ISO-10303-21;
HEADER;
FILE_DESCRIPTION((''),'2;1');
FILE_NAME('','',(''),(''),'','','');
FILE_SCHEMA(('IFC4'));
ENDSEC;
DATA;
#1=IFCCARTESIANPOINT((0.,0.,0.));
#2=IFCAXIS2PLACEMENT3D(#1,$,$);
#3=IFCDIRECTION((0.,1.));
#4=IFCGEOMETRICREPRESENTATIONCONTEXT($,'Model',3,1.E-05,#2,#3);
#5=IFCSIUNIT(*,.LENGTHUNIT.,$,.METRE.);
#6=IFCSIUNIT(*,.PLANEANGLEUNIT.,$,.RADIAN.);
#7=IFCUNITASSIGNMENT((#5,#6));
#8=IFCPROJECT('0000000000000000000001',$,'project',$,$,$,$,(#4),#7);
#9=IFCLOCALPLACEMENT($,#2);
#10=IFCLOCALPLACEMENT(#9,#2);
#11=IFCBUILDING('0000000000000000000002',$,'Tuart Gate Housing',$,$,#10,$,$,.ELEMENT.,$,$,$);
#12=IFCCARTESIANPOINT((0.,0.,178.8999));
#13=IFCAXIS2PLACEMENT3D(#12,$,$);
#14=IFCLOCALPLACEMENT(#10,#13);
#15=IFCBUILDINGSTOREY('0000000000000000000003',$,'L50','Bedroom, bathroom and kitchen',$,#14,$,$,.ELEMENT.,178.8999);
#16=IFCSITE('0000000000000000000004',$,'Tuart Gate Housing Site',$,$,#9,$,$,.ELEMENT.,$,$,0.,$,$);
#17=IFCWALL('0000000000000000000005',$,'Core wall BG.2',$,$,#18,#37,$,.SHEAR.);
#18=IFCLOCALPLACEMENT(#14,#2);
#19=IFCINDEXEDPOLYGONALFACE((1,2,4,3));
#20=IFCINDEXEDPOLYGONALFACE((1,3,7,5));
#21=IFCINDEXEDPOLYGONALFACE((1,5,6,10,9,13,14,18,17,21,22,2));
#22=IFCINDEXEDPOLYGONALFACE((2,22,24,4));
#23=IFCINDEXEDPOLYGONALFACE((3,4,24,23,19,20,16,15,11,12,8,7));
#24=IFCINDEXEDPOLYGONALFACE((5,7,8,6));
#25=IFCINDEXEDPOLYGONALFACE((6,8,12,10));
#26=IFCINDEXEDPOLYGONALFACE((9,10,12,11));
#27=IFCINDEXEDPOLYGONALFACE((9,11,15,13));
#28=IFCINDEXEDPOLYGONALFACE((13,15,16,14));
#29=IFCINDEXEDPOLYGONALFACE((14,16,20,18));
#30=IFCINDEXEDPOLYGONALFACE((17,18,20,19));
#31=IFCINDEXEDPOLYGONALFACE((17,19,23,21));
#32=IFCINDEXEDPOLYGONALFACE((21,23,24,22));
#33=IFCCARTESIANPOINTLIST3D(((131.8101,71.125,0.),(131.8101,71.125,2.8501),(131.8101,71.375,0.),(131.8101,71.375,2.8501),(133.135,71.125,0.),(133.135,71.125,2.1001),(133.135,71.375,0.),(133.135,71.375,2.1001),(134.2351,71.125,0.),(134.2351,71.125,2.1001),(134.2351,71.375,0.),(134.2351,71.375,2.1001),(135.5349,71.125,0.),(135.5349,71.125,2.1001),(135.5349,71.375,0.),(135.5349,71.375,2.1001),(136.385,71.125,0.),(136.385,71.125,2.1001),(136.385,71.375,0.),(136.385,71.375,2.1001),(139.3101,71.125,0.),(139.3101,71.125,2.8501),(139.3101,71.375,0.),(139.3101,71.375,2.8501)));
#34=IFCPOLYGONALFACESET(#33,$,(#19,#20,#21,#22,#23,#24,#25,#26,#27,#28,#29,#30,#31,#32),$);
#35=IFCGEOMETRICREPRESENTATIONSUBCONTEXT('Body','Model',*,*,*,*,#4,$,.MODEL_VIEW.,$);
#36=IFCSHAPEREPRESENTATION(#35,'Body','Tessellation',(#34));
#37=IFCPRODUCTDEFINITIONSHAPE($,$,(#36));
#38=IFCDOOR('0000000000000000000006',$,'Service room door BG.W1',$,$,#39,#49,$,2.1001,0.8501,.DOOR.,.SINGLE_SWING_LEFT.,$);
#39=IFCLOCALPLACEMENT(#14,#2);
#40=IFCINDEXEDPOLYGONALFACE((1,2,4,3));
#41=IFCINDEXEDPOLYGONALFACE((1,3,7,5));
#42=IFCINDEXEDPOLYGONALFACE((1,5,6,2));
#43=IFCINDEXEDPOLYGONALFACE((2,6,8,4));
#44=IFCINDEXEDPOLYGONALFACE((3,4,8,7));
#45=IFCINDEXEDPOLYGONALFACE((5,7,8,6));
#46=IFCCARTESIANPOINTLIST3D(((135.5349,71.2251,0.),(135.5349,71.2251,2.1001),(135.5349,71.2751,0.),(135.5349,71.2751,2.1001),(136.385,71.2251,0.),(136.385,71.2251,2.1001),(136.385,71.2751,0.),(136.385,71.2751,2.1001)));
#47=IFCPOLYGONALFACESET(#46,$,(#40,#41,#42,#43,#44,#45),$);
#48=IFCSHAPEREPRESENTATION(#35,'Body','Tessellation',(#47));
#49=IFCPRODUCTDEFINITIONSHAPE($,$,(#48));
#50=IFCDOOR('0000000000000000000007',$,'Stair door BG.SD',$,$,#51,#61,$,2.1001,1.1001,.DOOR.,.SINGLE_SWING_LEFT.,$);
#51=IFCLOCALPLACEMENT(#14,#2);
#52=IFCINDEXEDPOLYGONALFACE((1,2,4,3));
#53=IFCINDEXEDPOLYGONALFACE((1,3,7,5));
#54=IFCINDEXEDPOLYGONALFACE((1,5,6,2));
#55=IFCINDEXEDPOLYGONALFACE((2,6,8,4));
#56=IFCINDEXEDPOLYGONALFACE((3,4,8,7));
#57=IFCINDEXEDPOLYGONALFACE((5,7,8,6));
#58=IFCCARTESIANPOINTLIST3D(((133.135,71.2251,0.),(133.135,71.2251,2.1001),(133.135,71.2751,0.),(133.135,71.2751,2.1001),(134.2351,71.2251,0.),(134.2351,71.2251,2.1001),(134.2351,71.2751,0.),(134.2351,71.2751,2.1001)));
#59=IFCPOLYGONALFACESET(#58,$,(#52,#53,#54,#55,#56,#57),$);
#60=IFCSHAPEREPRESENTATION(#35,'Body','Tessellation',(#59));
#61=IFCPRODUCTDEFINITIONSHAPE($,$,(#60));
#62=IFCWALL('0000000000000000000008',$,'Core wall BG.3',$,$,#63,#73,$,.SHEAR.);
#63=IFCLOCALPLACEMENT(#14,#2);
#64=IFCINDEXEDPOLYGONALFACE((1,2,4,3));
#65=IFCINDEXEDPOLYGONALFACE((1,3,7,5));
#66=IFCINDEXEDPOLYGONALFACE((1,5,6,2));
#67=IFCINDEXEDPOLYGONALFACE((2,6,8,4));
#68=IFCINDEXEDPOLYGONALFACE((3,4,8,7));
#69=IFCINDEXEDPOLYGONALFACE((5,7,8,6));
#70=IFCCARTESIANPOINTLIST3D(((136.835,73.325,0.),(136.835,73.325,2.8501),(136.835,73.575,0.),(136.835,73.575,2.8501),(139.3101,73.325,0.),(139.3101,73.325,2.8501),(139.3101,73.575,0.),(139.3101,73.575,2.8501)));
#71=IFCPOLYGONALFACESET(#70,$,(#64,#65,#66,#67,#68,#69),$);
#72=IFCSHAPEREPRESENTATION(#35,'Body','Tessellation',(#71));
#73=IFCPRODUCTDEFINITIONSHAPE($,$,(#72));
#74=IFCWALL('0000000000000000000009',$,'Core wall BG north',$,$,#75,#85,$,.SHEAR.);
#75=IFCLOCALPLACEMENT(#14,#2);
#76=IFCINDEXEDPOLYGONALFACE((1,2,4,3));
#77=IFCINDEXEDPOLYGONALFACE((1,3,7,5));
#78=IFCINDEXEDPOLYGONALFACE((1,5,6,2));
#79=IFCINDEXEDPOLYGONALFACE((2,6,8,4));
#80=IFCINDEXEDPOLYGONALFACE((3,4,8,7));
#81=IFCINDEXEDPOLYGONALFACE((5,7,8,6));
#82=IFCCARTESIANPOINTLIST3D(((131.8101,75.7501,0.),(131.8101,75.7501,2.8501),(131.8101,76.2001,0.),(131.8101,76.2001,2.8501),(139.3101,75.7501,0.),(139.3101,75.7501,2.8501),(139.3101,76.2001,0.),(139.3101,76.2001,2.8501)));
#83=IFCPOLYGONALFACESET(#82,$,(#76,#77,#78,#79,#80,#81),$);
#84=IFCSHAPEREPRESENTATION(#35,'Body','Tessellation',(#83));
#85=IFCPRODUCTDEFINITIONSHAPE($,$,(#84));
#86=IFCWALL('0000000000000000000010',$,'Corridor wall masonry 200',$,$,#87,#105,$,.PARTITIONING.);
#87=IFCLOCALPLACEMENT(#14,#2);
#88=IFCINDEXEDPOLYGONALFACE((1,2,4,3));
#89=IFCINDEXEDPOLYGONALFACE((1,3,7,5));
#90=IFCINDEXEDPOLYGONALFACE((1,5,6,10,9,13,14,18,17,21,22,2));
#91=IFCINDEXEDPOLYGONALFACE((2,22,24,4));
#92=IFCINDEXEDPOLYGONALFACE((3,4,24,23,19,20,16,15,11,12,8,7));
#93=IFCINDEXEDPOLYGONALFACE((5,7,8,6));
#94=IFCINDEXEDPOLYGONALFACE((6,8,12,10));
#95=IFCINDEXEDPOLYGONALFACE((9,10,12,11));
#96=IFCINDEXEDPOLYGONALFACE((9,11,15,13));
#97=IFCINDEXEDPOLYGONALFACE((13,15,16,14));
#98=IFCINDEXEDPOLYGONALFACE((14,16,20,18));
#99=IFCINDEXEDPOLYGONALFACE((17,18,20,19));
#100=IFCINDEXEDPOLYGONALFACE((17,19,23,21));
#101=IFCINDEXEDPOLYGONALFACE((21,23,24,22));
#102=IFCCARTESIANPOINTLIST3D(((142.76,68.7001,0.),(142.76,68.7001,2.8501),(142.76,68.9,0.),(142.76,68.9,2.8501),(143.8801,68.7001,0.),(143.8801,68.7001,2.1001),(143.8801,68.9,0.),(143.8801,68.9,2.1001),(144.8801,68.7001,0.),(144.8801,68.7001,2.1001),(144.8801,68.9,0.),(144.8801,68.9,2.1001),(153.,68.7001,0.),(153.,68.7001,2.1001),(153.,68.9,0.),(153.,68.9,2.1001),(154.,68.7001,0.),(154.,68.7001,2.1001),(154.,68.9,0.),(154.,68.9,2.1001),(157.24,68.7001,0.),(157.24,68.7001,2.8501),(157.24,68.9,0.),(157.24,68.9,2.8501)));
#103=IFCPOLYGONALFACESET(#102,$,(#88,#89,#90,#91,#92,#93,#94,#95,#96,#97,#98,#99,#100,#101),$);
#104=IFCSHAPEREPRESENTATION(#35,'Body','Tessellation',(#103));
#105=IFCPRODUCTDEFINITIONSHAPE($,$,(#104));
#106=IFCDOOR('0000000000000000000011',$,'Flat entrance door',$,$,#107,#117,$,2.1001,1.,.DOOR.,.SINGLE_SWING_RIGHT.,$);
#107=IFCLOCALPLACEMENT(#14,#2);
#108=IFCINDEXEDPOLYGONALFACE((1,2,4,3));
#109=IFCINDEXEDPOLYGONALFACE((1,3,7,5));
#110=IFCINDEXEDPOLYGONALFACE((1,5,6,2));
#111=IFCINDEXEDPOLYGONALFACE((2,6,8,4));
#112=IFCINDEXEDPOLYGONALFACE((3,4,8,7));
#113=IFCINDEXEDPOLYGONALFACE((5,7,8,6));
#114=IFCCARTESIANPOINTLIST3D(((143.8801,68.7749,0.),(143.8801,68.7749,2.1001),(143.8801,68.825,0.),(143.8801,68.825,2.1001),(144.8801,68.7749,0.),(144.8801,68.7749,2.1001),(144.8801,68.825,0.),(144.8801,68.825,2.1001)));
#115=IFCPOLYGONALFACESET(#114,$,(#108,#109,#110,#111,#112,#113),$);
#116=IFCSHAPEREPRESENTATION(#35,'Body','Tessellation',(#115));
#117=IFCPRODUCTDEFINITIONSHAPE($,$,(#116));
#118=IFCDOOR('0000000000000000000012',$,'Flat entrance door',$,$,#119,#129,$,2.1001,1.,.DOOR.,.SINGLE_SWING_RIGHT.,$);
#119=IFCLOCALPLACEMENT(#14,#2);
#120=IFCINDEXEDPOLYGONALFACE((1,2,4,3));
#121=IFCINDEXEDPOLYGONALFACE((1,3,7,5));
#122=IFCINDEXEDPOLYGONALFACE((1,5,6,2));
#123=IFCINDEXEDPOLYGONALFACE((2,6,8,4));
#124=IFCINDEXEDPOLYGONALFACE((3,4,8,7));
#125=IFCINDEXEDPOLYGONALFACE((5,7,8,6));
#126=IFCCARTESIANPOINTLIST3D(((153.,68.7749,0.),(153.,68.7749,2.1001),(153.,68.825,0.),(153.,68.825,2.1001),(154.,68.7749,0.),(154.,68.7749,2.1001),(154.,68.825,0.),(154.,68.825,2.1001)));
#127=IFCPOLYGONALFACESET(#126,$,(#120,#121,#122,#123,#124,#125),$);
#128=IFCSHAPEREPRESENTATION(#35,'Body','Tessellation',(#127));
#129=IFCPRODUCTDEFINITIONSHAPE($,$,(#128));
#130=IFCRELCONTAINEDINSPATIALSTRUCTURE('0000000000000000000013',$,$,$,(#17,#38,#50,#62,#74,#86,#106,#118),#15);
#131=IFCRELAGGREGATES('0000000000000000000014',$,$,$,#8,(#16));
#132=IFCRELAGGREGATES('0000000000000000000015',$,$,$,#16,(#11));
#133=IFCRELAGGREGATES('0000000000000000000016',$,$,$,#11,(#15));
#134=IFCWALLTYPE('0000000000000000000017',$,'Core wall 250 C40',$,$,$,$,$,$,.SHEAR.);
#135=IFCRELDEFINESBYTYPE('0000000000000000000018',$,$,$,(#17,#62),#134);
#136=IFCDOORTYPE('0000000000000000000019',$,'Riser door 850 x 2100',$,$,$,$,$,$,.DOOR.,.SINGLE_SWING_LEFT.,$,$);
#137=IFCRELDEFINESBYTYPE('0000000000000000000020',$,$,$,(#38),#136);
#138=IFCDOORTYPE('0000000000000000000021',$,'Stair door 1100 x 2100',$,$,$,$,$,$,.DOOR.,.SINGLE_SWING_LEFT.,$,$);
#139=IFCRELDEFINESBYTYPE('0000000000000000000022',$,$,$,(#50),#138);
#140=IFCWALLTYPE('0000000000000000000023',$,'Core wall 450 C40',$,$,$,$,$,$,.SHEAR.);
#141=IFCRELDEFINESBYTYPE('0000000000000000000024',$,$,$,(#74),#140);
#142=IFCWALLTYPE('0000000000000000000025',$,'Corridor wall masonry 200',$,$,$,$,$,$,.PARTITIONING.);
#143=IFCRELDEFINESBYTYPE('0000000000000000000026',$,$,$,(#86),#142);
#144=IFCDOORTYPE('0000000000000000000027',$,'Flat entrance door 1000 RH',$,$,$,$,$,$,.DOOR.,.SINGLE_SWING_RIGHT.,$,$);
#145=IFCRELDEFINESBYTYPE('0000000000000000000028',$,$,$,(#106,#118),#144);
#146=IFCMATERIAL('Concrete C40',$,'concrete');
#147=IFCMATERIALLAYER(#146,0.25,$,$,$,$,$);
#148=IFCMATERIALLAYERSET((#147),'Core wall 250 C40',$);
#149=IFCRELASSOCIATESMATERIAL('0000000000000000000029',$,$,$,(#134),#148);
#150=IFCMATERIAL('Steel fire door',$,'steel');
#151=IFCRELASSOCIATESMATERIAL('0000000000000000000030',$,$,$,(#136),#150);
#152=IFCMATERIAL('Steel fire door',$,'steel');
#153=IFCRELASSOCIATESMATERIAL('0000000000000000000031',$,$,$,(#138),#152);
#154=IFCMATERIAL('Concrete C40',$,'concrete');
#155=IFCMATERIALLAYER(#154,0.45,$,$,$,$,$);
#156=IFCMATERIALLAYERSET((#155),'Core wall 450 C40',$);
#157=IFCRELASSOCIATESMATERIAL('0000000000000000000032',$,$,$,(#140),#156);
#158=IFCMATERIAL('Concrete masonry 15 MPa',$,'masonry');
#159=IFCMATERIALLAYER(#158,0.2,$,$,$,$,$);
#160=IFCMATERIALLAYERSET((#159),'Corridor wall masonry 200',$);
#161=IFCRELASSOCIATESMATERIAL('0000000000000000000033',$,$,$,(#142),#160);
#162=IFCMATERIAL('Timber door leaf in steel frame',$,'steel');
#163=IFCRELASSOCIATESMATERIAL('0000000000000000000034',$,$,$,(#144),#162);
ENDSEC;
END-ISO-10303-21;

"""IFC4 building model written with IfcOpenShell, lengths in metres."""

from ifc_helpers import new_model, si_unit, direction, frame, frame_2d, origin, place, context, subcontext, project, spatial, rectangle, extrude, material, layer, layer_set, type_object, element, fill, save


model = new_model("IFC4")

# Units and contexts
model_context = context("Model", 3, precision=1e-05, world=origin(), true_north=direction((0.0, 1.0)))
body_context = subcontext(model_context, "Body", "Model", "MODEL_VIEW")
ifc_project = project(units=[si_unit("LENGTHUNIT", "METRE"), si_unit("PLANEANGLEUNIT", "RADIAN")], contexts=[model_context])

# Site, building, storey
site_placement = place(None, origin())
site = spatial("IfcSite", under=ifc_project, at=site_placement, Name="Tuart Gate Housing Site", CompositionType="ELEMENT", RefElevation=0.0)
building_placement = place(site_placement, origin())
building = spatial("IfcBuilding", under=site, at=building_placement, Name="Tuart Gate Housing", CompositionType="ELEMENT")
storey_placement = place(building_placement, frame((0.0, 0.0, 178.8999)))
storey = spatial("IfcBuildingStorey", under=building, at=storey_placement, Name="L50", Description="Bedroom, bathroom and kitchen", CompositionType="ELEMENT", Elevation=178.8999)

# Wall, openings, doors
ifc_material_1 = material(Name="Concrete C40", Category="concrete")
ifc_layer_1 = layer(ifc_material_1, 0.25)
ifc_layer_set_1 = layer_set([ifc_layer_1], Name="Core wall 250 C40")
wall_type_1 = type_object("IfcWallType", Name="Core wall 250 C40", PredefinedType="SHEAR", material=ifc_layer_set_1)
wall_1_placement = place(storey_placement, frame((139.3101, 71.25, 0.0), z_axis=(0.0, 0.0, 1.0), x_axis=(-1.0, 0.0, 0.0)))
wall_1 = element("IfcWall", 1, at=wall_1_placement, inside=storey, type_object=wall_type_1, Name="Core wall BG.2", PredefinedType="SHEAR", context=body_context, shape_type="SweptSolid", body=[
    extrude(rectangle(XDim=7.5, YDim=0.25, at=frame_2d((3.75, 0.0))), origin(), (0.0, 0.0, 1.0), 2.8501),
])
opening_1_placement = place(wall_1_placement, frame((5.075, 0.0, 0.0)))
opening_1 = element("IfcOpeningElement", 2, at=opening_1_placement, cuts=wall_1, PredefinedType="OPENING", context=body_context, shape_type="SweptSolid", body=[
    extrude(rectangle(XDim=1.1001, YDim=2.1001, at=frame_2d((0.55, 1.05))), frame((0.0, 0.135, 0.0), z_axis=(0.0, -1.0, 0.0), x_axis=(1.0, 0.0, 0.0)), (0.0, 0.0, 1.0), 0.27),
])
opening_2_placement = place(wall_1_placement, frame((2.925, 0.0, 0.0)))
opening_2 = element("IfcOpeningElement", 3, at=opening_2_placement, cuts=wall_1, PredefinedType="OPENING", context=body_context, shape_type="SweptSolid", body=[
    extrude(rectangle(XDim=0.8501, YDim=2.1001, at=frame_2d((0.425, 1.05))), frame((0.0, 0.135, 0.0), z_axis=(0.0, -1.0, 0.0), x_axis=(1.0, 0.0, 0.0)), (0.0, 0.0, 1.0), 0.27),
])
ifc_material_2 = material(Name="Steel fire door", Category="steel")
door_type_1 = type_object("IfcDoorType", Name="Riser door 850 x 2100", OperationType="SINGLE_SWING_LEFT", PredefinedType="DOOR", material=ifc_material_2)
door_1_placement = place(opening_2_placement, origin())
door_1 = element("IfcDoor", 4, at=door_1_placement, inside=storey, type_object=door_type_1, Name="Service room door BG.W1", OperationType="SINGLE_SWING_LEFT", OverallHeight=2.1001, OverallWidth=0.8501, PredefinedType="DOOR", context=body_context, shape_type="SweptSolid", body=[
    extrude(rectangle(XDim=0.8501, YDim=2.1001, at=frame_2d((0.425, 1.05))), frame((0.0, 0.0249, 0.0), z_axis=(0.0, -1.0, 0.0), x_axis=(1.0, 0.0, 0.0)), (0.0, 0.0, 1.0), 0.05),
])
fill(opening_2, door_1)
ifc_material_3 = material(Name="Steel fire door", Category="steel")
door_type_2 = type_object("IfcDoorType", Name="Stair door 1100 x 2100", OperationType="SINGLE_SWING_LEFT", PredefinedType="DOOR", material=ifc_material_3)
door_2_placement = place(opening_1_placement, origin())
door_2 = element("IfcDoor", 5, at=door_2_placement, inside=storey, type_object=door_type_2, Name="Stair door BG.SD", OperationType="SINGLE_SWING_LEFT", OverallHeight=2.1001, OverallWidth=1.1001, PredefinedType="DOOR", context=body_context, shape_type="SweptSolid", body=[
    extrude(rectangle(XDim=1.1001, YDim=2.1001, at=frame_2d((0.55, 1.05))), frame((0.0, 0.0249, 0.0), z_axis=(0.0, -1.0, 0.0), x_axis=(1.0, 0.0, 0.0)), (0.0, 0.0, 1.0), 0.05),
])
fill(opening_1, door_2)

# Walls
wall_2_placement = place(storey_placement, frame((139.3101, 73.45, 0.0), z_axis=(0.0, 0.0, 1.0), x_axis=(-1.0, 0.0, 0.0)))
element("IfcWall", 6, at=wall_2_placement, inside=storey, type_object=wall_type_1, Name="Core wall BG.3", PredefinedType="SHEAR", context=body_context, shape_type="SweptSolid", body=[
    extrude(rectangle(XDim=2.4751, YDim=0.25, at=frame_2d((1.2375, 0.0))), origin(), (0.0, 0.0, 1.0), 2.8501),
])
ifc_material_4 = material(Name="Concrete C40", Category="concrete")
ifc_layer_2 = layer(ifc_material_4, 0.45)
ifc_layer_set_2 = layer_set([ifc_layer_2], Name="Core wall 450 C40")
wall_type_2 = type_object("IfcWallType", Name="Core wall 450 C40", PredefinedType="SHEAR", material=ifc_layer_set_2)
wall_3_placement = place(storey_placement, frame((139.3101, 75.9751, 0.0), z_axis=(0.0, 0.0, 1.0), x_axis=(-1.0, 0.0, 0.0)))
element("IfcWall", 7, at=wall_3_placement, inside=storey, type_object=wall_type_2, Name="Core wall BG north", PredefinedType="SHEAR", context=body_context, shape_type="SweptSolid", body=[
    extrude(rectangle(XDim=7.5, YDim=0.45, at=frame_2d((3.75, 0.0))), origin(), (0.0, 0.0, 1.0), 2.8501),
])

# Wall, openings, doors
ifc_material_5 = material(Name="Concrete masonry 15 MPa", Category="masonry")
ifc_layer_3 = layer(ifc_material_5, 0.2)
ifc_layer_set_3 = layer_set([ifc_layer_3], Name="Corridor wall masonry 200")
wall_type_3 = type_object("IfcWallType", Name="Corridor wall masonry 200", PredefinedType="PARTITIONING", material=ifc_layer_set_3)
wall_4_placement = place(storey_placement, frame((142.76, 68.8, 0.0), z_axis=(0.0, 0.0, 1.0), x_axis=(1.0, 0.0, 0.0)))
wall_4 = element("IfcWall", 8, at=wall_4_placement, inside=storey, type_object=wall_type_3, Name="Corridor wall masonry 200", PredefinedType="PARTITIONING", context=body_context, shape_type="SweptSolid", body=[
    extrude(rectangle(XDim=14.48, YDim=0.2, at=frame_2d((7.24, 0.0))), origin(), (0.0, 0.0, 1.0), 2.8501),
])
opening_3_placement = place(wall_4_placement, frame((1.1201, 0.0, 0.0)))
opening_3 = element("IfcOpeningElement", 9, at=opening_3_placement, cuts=wall_4, PredefinedType="OPENING", context=body_context, shape_type="SweptSolid", body=[
    extrude(rectangle(XDim=1.0, YDim=2.1001, at=frame_2d((0.5, 1.05))), frame((0.0, 0.1099, 0.0), z_axis=(0.0, -1.0, 0.0), x_axis=(1.0, 0.0, 0.0)), (0.0, 0.0, 1.0), 0.22),
])
opening_4_placement = place(wall_4_placement, frame((10.24, 0.0, 0.0)))
opening_4 = element("IfcOpeningElement", 10, at=opening_4_placement, cuts=wall_4, PredefinedType="OPENING", context=body_context, shape_type="SweptSolid", body=[
    extrude(rectangle(XDim=1.0, YDim=2.1001, at=frame_2d((0.5, 1.05))), frame((0.0, 0.1099, 0.0), z_axis=(0.0, -1.0, 0.0), x_axis=(1.0, 0.0, 0.0)), (0.0, 0.0, 1.0), 0.22),
])
ifc_material_6 = material(Name="Timber door leaf in steel frame", Category="steel")
door_type_3 = type_object("IfcDoorType", Name="Flat entrance door 1000 RH", OperationType="SINGLE_SWING_RIGHT", PredefinedType="DOOR", material=ifc_material_6)
door_3_placement = place(opening_3_placement, frame((1.0, 0.0, 0.0), z_axis=(0.0, 0.0, 1.0), x_axis=(-1.0, 0.0, 0.0)))
door_3 = element("IfcDoor", 11, at=door_3_placement, inside=storey, type_object=door_type_3, Name="Flat entrance door", OperationType="SINGLE_SWING_RIGHT", OverallHeight=2.1001, OverallWidth=1.0, PredefinedType="DOOR", context=body_context, shape_type="SweptSolid", body=[
    extrude(rectangle(XDim=1.0, YDim=2.1001, at=frame_2d((0.5, 1.05))), frame((0.0, 0.0251, 0.0), z_axis=(0.0, -1.0, 0.0), x_axis=(1.0, 0.0, 0.0)), (0.0, 0.0, 1.0), 0.05),
])
fill(opening_3, door_3)
door_4_placement = place(opening_4_placement, frame((1.0, 0.0, 0.0), z_axis=(0.0, 0.0, 1.0), x_axis=(-1.0, 0.0, 0.0)))
door_4 = element("IfcDoor", 12, at=door_4_placement, inside=storey, type_object=door_type_3, Name="Flat entrance door", OperationType="SINGLE_SWING_RIGHT", OverallHeight=2.1001, OverallWidth=1.0, PredefinedType="DOOR", context=body_context, shape_type="SweptSolid", body=[
    extrude(rectangle(XDim=1.0, YDim=2.1001, at=frame_2d((0.5, 1.05))), frame((0.0, 0.0251, 0.0), z_axis=(0.0, -1.0, 0.0), x_axis=(1.0, 0.0, 0.0)), (0.0, 0.0, 1.0), 0.05),
])
fill(opening_4, door_4)

save(model, "model.ifc")
